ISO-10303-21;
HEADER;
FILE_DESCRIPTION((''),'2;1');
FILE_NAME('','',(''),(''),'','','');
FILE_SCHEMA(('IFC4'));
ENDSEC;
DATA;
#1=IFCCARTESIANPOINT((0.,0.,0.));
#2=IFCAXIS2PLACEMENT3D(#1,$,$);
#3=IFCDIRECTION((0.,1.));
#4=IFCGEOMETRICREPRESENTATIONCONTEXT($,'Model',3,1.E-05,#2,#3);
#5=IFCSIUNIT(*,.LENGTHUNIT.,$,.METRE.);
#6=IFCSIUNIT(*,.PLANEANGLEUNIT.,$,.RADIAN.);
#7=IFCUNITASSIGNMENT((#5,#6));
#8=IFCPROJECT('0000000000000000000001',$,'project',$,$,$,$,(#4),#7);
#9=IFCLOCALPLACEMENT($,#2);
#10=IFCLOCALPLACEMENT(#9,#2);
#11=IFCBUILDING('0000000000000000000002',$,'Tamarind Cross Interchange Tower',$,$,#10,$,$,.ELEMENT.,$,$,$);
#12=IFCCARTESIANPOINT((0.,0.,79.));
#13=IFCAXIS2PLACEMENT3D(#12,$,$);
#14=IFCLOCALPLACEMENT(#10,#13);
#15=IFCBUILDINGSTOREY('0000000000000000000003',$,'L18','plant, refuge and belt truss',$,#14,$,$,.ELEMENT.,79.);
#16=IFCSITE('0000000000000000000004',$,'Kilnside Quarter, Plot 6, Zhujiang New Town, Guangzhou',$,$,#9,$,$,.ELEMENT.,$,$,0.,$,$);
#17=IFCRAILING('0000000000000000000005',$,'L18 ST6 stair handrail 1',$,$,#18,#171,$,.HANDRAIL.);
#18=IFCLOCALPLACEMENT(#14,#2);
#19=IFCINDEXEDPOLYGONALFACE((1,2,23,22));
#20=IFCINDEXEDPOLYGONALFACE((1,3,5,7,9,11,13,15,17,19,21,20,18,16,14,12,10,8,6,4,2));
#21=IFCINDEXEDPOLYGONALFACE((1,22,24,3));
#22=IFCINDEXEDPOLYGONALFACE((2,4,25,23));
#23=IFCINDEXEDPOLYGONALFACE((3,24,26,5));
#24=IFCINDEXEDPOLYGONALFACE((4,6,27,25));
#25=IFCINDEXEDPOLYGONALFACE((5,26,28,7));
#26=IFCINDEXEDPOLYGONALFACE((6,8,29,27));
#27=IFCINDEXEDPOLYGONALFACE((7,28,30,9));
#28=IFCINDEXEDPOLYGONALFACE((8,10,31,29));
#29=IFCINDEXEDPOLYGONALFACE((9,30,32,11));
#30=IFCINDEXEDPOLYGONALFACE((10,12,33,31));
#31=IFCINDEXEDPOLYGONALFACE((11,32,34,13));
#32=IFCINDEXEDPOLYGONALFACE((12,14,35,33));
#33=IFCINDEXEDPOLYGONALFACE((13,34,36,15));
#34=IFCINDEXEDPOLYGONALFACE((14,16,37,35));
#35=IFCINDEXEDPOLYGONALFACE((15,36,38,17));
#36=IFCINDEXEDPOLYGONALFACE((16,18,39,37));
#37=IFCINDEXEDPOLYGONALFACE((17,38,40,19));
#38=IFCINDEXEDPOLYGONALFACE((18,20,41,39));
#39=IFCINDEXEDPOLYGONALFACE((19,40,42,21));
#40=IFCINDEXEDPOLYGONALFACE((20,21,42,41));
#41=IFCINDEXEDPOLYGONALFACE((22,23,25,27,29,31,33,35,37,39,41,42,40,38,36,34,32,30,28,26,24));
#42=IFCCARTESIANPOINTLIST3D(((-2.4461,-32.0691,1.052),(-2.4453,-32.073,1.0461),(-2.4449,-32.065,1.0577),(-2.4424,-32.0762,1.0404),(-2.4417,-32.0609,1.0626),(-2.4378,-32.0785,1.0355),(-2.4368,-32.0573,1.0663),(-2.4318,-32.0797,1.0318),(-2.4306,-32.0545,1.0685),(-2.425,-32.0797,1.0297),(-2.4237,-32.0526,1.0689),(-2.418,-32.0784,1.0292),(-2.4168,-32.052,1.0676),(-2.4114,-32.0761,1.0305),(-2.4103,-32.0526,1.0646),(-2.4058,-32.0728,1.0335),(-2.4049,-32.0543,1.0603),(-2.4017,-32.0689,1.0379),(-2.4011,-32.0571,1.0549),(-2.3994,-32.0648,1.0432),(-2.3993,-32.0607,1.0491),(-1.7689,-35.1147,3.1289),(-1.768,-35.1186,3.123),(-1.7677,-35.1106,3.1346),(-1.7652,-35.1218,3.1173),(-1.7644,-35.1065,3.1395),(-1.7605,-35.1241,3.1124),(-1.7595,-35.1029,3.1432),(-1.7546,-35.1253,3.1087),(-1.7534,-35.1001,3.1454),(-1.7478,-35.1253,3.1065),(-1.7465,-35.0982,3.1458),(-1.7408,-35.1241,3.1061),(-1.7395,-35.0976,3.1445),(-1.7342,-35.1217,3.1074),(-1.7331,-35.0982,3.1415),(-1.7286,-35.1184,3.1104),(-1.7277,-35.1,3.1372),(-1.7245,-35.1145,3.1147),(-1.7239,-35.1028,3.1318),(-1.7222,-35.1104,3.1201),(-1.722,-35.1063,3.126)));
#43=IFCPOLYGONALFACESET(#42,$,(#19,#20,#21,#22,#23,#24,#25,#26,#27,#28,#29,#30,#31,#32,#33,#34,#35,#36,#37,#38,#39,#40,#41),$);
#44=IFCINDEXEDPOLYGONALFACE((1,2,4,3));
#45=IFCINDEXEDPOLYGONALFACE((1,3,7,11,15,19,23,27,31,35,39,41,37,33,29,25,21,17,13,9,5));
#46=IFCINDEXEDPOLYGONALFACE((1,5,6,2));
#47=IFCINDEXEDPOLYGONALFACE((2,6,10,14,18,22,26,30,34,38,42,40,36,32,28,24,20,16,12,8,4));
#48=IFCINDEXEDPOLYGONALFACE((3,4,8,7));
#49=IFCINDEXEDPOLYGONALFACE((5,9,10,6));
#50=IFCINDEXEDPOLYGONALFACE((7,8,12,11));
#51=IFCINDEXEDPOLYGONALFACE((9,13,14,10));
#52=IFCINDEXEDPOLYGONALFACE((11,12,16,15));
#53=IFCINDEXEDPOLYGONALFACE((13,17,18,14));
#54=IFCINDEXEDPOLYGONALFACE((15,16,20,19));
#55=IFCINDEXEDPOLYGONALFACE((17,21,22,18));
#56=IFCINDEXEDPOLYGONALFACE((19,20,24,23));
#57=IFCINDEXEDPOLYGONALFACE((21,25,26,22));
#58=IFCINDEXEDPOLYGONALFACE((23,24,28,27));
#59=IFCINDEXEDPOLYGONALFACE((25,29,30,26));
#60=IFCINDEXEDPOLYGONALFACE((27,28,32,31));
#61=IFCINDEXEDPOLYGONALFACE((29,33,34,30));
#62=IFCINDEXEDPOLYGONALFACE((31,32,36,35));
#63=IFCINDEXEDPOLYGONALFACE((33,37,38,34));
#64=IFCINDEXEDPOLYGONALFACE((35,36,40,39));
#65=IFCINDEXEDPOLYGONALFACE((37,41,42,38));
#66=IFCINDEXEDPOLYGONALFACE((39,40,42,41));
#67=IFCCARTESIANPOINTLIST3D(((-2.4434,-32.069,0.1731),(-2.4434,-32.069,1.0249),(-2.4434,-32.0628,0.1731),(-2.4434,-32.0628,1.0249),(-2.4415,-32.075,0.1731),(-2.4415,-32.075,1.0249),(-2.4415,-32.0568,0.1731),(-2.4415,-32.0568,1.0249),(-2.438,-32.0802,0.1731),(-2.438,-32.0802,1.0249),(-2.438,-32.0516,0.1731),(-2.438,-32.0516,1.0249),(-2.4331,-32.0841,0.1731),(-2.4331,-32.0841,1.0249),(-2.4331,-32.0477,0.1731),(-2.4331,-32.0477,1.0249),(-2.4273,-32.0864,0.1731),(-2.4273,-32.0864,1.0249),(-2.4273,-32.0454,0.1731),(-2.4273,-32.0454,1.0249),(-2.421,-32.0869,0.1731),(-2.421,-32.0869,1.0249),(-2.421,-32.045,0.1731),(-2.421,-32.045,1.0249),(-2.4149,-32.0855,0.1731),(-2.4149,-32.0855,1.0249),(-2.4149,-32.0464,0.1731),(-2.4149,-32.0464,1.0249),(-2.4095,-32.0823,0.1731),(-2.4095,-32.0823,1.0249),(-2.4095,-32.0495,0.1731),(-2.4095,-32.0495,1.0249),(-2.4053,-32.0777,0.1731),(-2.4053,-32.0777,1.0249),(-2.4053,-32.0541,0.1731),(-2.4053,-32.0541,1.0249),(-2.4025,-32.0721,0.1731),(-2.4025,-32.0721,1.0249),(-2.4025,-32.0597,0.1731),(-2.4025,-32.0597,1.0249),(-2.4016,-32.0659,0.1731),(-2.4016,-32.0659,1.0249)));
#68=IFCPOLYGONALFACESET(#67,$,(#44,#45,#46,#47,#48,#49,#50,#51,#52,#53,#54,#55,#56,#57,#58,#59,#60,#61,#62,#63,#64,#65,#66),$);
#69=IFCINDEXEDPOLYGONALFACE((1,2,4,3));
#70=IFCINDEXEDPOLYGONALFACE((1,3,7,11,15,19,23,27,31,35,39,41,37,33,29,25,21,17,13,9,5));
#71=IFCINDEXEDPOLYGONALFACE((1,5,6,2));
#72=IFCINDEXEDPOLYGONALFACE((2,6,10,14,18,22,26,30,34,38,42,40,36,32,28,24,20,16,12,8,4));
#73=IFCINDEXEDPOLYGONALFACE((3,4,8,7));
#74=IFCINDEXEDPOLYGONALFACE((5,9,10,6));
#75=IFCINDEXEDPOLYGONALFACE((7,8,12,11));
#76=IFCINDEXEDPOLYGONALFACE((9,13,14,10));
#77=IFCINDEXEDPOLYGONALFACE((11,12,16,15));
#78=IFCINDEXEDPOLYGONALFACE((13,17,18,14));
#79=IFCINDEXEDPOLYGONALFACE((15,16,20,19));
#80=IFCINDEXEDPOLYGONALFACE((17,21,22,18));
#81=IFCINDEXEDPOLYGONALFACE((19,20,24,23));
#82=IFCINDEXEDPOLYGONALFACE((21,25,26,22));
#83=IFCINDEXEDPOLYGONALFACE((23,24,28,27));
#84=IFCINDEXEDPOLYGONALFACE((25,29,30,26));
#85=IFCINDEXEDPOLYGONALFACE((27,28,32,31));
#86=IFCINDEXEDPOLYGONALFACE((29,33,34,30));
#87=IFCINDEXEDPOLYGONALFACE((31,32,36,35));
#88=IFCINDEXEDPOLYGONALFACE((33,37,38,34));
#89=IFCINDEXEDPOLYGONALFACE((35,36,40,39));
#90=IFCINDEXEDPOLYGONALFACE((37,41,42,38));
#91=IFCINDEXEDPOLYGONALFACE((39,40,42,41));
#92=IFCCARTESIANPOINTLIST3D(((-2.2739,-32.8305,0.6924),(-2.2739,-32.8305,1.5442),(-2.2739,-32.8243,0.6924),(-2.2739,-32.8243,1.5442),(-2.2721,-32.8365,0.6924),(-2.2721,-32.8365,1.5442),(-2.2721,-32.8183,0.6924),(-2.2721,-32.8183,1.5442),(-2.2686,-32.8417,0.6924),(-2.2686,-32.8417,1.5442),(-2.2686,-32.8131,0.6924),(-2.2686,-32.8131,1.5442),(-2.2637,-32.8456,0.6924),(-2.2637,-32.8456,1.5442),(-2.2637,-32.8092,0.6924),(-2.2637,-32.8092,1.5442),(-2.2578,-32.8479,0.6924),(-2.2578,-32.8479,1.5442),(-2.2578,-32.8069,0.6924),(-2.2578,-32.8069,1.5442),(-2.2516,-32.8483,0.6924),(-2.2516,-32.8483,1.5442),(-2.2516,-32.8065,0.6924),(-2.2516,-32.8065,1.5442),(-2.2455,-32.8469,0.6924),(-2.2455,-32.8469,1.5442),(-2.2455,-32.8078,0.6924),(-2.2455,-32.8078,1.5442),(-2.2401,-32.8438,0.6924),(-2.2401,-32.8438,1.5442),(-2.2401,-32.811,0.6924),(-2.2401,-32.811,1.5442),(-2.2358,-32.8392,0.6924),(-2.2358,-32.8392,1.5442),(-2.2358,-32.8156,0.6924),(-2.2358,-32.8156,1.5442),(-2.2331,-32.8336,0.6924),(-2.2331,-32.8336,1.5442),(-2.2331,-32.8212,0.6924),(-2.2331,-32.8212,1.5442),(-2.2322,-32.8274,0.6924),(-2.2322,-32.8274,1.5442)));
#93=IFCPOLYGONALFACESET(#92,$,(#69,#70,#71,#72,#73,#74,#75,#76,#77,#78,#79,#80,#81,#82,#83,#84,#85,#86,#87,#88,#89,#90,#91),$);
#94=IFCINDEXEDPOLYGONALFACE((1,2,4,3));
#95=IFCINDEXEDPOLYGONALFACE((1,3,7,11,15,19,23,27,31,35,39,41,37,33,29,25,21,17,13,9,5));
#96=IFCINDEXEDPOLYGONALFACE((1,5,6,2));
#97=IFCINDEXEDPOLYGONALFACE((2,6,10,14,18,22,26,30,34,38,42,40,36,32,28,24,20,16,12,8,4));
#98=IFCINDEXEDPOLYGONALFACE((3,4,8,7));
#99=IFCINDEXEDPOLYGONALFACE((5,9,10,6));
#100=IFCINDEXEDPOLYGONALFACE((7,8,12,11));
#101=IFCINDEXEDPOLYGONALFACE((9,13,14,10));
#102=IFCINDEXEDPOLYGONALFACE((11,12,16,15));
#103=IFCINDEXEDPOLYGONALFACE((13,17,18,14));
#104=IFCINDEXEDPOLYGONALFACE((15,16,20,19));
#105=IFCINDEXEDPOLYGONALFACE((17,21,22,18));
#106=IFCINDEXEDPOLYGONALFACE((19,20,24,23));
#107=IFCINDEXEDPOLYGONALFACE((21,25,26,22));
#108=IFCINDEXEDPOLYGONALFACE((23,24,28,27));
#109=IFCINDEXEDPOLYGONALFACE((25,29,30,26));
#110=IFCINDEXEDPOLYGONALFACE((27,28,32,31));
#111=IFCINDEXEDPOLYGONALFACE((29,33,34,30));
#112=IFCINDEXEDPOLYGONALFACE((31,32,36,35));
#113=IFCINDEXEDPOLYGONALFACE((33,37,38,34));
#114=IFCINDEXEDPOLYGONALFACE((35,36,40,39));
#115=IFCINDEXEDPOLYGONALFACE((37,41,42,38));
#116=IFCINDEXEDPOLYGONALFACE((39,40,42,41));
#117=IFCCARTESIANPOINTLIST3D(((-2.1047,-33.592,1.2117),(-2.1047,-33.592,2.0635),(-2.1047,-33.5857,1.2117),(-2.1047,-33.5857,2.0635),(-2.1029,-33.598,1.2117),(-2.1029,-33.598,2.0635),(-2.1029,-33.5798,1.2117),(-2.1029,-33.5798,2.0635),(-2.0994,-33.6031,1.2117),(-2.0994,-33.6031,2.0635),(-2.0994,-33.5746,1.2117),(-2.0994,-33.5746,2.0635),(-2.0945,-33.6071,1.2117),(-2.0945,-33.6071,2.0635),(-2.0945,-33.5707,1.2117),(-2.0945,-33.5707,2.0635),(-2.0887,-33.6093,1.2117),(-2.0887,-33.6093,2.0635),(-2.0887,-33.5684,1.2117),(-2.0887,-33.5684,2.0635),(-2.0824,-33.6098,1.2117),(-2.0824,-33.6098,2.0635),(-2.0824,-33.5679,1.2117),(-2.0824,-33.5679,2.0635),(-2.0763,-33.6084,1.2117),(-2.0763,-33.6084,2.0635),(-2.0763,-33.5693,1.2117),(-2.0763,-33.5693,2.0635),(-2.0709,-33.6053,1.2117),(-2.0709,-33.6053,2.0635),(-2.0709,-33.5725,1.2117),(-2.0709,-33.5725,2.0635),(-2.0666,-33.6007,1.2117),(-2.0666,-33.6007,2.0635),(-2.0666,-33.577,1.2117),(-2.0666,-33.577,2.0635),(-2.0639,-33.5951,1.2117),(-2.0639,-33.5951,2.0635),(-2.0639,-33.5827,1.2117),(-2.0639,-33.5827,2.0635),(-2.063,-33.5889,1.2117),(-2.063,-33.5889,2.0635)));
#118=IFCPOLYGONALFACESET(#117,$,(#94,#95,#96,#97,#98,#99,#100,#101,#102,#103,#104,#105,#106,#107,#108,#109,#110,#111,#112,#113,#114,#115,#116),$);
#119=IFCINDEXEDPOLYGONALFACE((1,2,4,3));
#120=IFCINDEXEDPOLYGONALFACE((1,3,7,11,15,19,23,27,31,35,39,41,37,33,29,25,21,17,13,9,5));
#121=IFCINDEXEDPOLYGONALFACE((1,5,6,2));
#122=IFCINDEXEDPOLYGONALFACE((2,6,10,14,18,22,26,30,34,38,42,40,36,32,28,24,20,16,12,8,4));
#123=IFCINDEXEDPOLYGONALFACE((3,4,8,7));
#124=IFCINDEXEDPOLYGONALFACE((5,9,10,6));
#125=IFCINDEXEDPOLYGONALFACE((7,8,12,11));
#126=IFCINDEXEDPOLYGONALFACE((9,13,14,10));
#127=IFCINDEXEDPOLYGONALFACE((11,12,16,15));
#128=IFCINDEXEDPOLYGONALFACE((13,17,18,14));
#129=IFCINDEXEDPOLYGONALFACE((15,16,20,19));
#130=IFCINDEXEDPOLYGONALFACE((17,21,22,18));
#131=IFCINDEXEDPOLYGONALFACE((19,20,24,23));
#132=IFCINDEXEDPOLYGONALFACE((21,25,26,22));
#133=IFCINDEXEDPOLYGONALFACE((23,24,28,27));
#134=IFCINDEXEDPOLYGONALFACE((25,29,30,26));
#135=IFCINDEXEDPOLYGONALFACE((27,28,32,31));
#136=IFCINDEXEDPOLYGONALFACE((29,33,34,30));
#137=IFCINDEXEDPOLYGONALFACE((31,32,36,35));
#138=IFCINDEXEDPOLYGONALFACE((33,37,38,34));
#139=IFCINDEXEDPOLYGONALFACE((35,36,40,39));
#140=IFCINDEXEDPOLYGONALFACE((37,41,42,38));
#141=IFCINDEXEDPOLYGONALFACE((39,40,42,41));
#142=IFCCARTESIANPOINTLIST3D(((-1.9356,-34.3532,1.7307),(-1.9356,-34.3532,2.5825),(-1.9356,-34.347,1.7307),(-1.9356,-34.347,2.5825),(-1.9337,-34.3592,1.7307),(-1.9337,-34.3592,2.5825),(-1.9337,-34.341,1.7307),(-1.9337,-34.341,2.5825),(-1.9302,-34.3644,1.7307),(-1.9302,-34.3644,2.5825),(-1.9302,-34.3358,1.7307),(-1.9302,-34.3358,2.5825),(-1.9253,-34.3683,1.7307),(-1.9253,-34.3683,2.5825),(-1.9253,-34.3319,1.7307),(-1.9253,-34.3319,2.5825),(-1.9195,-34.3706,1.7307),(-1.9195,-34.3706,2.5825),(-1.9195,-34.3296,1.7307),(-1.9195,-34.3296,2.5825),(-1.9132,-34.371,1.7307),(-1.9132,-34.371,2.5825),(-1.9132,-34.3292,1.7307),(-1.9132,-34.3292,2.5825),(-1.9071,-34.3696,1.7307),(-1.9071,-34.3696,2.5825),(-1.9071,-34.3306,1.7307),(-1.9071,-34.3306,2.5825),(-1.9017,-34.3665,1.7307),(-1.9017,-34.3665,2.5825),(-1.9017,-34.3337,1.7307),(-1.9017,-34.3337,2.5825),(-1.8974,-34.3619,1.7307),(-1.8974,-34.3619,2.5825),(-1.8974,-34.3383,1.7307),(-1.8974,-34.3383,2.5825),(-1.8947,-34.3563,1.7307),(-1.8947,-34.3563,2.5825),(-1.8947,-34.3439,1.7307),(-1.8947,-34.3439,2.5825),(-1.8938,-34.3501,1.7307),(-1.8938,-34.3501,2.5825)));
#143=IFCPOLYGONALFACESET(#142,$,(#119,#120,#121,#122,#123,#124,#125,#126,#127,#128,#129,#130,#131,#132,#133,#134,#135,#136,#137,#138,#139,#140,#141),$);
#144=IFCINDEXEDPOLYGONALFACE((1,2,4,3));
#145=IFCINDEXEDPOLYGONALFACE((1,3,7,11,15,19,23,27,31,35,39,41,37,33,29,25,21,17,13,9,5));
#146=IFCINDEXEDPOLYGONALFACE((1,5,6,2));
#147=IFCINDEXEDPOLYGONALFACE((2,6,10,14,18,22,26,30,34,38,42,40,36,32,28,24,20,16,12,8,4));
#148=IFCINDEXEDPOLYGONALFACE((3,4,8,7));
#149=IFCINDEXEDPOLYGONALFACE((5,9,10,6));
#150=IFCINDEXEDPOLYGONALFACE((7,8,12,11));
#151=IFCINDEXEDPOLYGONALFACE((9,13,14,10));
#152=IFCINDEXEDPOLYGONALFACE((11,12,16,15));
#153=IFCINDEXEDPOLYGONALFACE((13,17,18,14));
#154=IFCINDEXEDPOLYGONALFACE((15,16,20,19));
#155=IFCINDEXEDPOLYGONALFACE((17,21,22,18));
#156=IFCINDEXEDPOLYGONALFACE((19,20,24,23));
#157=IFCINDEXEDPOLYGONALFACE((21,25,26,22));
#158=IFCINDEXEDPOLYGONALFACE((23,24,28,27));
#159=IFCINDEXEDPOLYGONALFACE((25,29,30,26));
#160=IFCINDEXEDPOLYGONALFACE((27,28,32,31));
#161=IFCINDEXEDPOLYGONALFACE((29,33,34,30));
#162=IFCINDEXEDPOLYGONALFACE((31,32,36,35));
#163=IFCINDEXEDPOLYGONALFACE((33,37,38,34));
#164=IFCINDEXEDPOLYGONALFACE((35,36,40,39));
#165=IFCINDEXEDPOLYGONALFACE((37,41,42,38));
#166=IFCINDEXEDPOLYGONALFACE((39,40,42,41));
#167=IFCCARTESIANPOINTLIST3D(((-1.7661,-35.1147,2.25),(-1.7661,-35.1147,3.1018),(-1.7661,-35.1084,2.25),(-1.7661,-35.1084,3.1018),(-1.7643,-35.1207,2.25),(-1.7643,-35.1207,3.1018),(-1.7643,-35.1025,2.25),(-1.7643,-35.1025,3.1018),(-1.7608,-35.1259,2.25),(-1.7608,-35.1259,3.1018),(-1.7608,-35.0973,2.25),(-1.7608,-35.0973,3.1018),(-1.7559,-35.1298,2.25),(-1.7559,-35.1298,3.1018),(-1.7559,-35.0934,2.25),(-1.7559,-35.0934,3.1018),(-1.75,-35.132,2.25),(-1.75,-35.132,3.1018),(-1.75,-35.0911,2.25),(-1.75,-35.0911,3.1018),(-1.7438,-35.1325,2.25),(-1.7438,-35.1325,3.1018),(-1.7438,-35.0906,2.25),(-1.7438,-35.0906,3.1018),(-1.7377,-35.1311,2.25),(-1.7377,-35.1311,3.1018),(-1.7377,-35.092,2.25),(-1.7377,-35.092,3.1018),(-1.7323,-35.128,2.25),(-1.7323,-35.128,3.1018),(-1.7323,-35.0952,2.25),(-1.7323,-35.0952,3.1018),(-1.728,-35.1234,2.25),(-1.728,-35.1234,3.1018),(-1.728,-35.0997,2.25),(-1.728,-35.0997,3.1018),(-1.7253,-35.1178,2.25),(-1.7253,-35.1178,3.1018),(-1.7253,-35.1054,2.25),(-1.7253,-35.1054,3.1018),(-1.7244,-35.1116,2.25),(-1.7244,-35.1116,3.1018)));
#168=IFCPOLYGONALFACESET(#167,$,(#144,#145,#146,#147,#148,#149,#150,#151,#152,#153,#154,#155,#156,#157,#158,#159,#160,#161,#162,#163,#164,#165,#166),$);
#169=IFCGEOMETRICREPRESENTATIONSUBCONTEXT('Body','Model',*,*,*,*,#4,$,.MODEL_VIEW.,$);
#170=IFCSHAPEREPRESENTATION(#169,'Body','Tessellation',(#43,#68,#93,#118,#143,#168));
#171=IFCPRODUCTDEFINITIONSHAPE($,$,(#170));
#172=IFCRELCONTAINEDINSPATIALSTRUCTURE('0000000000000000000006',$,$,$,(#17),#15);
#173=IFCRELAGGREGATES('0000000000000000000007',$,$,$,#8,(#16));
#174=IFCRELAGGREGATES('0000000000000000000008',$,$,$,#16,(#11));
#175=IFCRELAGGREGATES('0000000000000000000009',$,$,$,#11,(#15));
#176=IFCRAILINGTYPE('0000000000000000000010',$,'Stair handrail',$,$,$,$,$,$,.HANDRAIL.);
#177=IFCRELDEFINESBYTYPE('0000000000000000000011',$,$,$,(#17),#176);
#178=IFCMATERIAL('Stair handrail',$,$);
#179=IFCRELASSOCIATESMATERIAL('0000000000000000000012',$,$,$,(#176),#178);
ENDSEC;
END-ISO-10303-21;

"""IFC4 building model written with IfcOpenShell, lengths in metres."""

from ifc_helpers import new_model, si_unit, direction, frame, origin, origin_2d, place, context, subcontext, project, spatial, circle, extrude, material, type_object, element, save


model = new_model("IFC4")

# Units and contexts
model_context = context("Model", 3, precision=1e-05, world=origin(), true_north=direction((0.0, 1.0)))
body_context = subcontext(model_context, "Body", "Model", "MODEL_VIEW")
ifc_project = project(units=[si_unit("LENGTHUNIT", "METRE"), si_unit("PLANEANGLEUNIT", "RADIAN")], contexts=[model_context])

# Site, building, storey
site_placement = place(None, origin())
site = spatial("IfcSite", under=ifc_project, at=site_placement, Name="Kilnside Quarter, Plot 6, Zhujiang New Town, Guangzhou", CompositionType="ELEMENT", RefElevation=0.0)
building_placement = place(site_placement, origin())
building = spatial("IfcBuilding", under=site, at=building_placement, Name="Tamarind Cross Interchange Tower", CompositionType="ELEMENT")
storey_placement = place(building_placement, frame((0.0, 0.0, 79.0)))
storey = spatial("IfcBuildingStorey", under=building, at=storey_placement, Name="L18", Description="plant, refuge and belt truss", CompositionType="ELEMENT", Elevation=79.0)

# Railing
ifc_material_1 = material(Name="Stair handrail")
railing_type_1 = type_object("IfcRailingType", Name="Stair handrail", PredefinedType="HANDRAIL", material=ifc_material_1)
railing_1_placement = place(storey_placement, frame((-2.4226, -32.0659, 0.1731)))
element("IfcRailing", 1, at=railing_1_placement, inside=storey, type_object=railing_type_1, Name="L18 ST6 stair handrail 1", PredefinedType="HANDRAIL", context=body_context, shape_type="SweptSolid", body=[
    extrude(circle(Radius=0.0239, at=origin_2d()), frame((0.0, 0.0, 0.876), z_axis=(0.180691, -0.812588, 0.554123), x_axis=(0.976158, 0.217063, 0.0)), (0.0, 0.0, 1.0), 3.748),
    extrude(circle(Radius=0.021, at=origin_2d()), origin(), (0.0, 0.0, 1.0), 0.8518),
    extrude(circle(Radius=0.021, at=origin_2d()), frame((0.1694, -0.7615, 0.5193)), (0.0, 0.0, 1.0), 0.8518),
    extrude(circle(Radius=0.021, at=origin_2d()), frame((0.3386, -1.5229, 1.0386)), (0.0, 0.0, 1.0), 0.8518),
    extrude(circle(Radius=0.021, at=origin_2d()), frame((0.5078, -2.2842, 1.5576)), (0.0, 0.0, 1.0), 0.8518),
    extrude(circle(Radius=0.021, at=origin_2d()), frame((0.6772, -3.0457, 2.0769)), (0.0, 0.0, 1.0), 0.8518),
])

save(model, "model.ifc")
